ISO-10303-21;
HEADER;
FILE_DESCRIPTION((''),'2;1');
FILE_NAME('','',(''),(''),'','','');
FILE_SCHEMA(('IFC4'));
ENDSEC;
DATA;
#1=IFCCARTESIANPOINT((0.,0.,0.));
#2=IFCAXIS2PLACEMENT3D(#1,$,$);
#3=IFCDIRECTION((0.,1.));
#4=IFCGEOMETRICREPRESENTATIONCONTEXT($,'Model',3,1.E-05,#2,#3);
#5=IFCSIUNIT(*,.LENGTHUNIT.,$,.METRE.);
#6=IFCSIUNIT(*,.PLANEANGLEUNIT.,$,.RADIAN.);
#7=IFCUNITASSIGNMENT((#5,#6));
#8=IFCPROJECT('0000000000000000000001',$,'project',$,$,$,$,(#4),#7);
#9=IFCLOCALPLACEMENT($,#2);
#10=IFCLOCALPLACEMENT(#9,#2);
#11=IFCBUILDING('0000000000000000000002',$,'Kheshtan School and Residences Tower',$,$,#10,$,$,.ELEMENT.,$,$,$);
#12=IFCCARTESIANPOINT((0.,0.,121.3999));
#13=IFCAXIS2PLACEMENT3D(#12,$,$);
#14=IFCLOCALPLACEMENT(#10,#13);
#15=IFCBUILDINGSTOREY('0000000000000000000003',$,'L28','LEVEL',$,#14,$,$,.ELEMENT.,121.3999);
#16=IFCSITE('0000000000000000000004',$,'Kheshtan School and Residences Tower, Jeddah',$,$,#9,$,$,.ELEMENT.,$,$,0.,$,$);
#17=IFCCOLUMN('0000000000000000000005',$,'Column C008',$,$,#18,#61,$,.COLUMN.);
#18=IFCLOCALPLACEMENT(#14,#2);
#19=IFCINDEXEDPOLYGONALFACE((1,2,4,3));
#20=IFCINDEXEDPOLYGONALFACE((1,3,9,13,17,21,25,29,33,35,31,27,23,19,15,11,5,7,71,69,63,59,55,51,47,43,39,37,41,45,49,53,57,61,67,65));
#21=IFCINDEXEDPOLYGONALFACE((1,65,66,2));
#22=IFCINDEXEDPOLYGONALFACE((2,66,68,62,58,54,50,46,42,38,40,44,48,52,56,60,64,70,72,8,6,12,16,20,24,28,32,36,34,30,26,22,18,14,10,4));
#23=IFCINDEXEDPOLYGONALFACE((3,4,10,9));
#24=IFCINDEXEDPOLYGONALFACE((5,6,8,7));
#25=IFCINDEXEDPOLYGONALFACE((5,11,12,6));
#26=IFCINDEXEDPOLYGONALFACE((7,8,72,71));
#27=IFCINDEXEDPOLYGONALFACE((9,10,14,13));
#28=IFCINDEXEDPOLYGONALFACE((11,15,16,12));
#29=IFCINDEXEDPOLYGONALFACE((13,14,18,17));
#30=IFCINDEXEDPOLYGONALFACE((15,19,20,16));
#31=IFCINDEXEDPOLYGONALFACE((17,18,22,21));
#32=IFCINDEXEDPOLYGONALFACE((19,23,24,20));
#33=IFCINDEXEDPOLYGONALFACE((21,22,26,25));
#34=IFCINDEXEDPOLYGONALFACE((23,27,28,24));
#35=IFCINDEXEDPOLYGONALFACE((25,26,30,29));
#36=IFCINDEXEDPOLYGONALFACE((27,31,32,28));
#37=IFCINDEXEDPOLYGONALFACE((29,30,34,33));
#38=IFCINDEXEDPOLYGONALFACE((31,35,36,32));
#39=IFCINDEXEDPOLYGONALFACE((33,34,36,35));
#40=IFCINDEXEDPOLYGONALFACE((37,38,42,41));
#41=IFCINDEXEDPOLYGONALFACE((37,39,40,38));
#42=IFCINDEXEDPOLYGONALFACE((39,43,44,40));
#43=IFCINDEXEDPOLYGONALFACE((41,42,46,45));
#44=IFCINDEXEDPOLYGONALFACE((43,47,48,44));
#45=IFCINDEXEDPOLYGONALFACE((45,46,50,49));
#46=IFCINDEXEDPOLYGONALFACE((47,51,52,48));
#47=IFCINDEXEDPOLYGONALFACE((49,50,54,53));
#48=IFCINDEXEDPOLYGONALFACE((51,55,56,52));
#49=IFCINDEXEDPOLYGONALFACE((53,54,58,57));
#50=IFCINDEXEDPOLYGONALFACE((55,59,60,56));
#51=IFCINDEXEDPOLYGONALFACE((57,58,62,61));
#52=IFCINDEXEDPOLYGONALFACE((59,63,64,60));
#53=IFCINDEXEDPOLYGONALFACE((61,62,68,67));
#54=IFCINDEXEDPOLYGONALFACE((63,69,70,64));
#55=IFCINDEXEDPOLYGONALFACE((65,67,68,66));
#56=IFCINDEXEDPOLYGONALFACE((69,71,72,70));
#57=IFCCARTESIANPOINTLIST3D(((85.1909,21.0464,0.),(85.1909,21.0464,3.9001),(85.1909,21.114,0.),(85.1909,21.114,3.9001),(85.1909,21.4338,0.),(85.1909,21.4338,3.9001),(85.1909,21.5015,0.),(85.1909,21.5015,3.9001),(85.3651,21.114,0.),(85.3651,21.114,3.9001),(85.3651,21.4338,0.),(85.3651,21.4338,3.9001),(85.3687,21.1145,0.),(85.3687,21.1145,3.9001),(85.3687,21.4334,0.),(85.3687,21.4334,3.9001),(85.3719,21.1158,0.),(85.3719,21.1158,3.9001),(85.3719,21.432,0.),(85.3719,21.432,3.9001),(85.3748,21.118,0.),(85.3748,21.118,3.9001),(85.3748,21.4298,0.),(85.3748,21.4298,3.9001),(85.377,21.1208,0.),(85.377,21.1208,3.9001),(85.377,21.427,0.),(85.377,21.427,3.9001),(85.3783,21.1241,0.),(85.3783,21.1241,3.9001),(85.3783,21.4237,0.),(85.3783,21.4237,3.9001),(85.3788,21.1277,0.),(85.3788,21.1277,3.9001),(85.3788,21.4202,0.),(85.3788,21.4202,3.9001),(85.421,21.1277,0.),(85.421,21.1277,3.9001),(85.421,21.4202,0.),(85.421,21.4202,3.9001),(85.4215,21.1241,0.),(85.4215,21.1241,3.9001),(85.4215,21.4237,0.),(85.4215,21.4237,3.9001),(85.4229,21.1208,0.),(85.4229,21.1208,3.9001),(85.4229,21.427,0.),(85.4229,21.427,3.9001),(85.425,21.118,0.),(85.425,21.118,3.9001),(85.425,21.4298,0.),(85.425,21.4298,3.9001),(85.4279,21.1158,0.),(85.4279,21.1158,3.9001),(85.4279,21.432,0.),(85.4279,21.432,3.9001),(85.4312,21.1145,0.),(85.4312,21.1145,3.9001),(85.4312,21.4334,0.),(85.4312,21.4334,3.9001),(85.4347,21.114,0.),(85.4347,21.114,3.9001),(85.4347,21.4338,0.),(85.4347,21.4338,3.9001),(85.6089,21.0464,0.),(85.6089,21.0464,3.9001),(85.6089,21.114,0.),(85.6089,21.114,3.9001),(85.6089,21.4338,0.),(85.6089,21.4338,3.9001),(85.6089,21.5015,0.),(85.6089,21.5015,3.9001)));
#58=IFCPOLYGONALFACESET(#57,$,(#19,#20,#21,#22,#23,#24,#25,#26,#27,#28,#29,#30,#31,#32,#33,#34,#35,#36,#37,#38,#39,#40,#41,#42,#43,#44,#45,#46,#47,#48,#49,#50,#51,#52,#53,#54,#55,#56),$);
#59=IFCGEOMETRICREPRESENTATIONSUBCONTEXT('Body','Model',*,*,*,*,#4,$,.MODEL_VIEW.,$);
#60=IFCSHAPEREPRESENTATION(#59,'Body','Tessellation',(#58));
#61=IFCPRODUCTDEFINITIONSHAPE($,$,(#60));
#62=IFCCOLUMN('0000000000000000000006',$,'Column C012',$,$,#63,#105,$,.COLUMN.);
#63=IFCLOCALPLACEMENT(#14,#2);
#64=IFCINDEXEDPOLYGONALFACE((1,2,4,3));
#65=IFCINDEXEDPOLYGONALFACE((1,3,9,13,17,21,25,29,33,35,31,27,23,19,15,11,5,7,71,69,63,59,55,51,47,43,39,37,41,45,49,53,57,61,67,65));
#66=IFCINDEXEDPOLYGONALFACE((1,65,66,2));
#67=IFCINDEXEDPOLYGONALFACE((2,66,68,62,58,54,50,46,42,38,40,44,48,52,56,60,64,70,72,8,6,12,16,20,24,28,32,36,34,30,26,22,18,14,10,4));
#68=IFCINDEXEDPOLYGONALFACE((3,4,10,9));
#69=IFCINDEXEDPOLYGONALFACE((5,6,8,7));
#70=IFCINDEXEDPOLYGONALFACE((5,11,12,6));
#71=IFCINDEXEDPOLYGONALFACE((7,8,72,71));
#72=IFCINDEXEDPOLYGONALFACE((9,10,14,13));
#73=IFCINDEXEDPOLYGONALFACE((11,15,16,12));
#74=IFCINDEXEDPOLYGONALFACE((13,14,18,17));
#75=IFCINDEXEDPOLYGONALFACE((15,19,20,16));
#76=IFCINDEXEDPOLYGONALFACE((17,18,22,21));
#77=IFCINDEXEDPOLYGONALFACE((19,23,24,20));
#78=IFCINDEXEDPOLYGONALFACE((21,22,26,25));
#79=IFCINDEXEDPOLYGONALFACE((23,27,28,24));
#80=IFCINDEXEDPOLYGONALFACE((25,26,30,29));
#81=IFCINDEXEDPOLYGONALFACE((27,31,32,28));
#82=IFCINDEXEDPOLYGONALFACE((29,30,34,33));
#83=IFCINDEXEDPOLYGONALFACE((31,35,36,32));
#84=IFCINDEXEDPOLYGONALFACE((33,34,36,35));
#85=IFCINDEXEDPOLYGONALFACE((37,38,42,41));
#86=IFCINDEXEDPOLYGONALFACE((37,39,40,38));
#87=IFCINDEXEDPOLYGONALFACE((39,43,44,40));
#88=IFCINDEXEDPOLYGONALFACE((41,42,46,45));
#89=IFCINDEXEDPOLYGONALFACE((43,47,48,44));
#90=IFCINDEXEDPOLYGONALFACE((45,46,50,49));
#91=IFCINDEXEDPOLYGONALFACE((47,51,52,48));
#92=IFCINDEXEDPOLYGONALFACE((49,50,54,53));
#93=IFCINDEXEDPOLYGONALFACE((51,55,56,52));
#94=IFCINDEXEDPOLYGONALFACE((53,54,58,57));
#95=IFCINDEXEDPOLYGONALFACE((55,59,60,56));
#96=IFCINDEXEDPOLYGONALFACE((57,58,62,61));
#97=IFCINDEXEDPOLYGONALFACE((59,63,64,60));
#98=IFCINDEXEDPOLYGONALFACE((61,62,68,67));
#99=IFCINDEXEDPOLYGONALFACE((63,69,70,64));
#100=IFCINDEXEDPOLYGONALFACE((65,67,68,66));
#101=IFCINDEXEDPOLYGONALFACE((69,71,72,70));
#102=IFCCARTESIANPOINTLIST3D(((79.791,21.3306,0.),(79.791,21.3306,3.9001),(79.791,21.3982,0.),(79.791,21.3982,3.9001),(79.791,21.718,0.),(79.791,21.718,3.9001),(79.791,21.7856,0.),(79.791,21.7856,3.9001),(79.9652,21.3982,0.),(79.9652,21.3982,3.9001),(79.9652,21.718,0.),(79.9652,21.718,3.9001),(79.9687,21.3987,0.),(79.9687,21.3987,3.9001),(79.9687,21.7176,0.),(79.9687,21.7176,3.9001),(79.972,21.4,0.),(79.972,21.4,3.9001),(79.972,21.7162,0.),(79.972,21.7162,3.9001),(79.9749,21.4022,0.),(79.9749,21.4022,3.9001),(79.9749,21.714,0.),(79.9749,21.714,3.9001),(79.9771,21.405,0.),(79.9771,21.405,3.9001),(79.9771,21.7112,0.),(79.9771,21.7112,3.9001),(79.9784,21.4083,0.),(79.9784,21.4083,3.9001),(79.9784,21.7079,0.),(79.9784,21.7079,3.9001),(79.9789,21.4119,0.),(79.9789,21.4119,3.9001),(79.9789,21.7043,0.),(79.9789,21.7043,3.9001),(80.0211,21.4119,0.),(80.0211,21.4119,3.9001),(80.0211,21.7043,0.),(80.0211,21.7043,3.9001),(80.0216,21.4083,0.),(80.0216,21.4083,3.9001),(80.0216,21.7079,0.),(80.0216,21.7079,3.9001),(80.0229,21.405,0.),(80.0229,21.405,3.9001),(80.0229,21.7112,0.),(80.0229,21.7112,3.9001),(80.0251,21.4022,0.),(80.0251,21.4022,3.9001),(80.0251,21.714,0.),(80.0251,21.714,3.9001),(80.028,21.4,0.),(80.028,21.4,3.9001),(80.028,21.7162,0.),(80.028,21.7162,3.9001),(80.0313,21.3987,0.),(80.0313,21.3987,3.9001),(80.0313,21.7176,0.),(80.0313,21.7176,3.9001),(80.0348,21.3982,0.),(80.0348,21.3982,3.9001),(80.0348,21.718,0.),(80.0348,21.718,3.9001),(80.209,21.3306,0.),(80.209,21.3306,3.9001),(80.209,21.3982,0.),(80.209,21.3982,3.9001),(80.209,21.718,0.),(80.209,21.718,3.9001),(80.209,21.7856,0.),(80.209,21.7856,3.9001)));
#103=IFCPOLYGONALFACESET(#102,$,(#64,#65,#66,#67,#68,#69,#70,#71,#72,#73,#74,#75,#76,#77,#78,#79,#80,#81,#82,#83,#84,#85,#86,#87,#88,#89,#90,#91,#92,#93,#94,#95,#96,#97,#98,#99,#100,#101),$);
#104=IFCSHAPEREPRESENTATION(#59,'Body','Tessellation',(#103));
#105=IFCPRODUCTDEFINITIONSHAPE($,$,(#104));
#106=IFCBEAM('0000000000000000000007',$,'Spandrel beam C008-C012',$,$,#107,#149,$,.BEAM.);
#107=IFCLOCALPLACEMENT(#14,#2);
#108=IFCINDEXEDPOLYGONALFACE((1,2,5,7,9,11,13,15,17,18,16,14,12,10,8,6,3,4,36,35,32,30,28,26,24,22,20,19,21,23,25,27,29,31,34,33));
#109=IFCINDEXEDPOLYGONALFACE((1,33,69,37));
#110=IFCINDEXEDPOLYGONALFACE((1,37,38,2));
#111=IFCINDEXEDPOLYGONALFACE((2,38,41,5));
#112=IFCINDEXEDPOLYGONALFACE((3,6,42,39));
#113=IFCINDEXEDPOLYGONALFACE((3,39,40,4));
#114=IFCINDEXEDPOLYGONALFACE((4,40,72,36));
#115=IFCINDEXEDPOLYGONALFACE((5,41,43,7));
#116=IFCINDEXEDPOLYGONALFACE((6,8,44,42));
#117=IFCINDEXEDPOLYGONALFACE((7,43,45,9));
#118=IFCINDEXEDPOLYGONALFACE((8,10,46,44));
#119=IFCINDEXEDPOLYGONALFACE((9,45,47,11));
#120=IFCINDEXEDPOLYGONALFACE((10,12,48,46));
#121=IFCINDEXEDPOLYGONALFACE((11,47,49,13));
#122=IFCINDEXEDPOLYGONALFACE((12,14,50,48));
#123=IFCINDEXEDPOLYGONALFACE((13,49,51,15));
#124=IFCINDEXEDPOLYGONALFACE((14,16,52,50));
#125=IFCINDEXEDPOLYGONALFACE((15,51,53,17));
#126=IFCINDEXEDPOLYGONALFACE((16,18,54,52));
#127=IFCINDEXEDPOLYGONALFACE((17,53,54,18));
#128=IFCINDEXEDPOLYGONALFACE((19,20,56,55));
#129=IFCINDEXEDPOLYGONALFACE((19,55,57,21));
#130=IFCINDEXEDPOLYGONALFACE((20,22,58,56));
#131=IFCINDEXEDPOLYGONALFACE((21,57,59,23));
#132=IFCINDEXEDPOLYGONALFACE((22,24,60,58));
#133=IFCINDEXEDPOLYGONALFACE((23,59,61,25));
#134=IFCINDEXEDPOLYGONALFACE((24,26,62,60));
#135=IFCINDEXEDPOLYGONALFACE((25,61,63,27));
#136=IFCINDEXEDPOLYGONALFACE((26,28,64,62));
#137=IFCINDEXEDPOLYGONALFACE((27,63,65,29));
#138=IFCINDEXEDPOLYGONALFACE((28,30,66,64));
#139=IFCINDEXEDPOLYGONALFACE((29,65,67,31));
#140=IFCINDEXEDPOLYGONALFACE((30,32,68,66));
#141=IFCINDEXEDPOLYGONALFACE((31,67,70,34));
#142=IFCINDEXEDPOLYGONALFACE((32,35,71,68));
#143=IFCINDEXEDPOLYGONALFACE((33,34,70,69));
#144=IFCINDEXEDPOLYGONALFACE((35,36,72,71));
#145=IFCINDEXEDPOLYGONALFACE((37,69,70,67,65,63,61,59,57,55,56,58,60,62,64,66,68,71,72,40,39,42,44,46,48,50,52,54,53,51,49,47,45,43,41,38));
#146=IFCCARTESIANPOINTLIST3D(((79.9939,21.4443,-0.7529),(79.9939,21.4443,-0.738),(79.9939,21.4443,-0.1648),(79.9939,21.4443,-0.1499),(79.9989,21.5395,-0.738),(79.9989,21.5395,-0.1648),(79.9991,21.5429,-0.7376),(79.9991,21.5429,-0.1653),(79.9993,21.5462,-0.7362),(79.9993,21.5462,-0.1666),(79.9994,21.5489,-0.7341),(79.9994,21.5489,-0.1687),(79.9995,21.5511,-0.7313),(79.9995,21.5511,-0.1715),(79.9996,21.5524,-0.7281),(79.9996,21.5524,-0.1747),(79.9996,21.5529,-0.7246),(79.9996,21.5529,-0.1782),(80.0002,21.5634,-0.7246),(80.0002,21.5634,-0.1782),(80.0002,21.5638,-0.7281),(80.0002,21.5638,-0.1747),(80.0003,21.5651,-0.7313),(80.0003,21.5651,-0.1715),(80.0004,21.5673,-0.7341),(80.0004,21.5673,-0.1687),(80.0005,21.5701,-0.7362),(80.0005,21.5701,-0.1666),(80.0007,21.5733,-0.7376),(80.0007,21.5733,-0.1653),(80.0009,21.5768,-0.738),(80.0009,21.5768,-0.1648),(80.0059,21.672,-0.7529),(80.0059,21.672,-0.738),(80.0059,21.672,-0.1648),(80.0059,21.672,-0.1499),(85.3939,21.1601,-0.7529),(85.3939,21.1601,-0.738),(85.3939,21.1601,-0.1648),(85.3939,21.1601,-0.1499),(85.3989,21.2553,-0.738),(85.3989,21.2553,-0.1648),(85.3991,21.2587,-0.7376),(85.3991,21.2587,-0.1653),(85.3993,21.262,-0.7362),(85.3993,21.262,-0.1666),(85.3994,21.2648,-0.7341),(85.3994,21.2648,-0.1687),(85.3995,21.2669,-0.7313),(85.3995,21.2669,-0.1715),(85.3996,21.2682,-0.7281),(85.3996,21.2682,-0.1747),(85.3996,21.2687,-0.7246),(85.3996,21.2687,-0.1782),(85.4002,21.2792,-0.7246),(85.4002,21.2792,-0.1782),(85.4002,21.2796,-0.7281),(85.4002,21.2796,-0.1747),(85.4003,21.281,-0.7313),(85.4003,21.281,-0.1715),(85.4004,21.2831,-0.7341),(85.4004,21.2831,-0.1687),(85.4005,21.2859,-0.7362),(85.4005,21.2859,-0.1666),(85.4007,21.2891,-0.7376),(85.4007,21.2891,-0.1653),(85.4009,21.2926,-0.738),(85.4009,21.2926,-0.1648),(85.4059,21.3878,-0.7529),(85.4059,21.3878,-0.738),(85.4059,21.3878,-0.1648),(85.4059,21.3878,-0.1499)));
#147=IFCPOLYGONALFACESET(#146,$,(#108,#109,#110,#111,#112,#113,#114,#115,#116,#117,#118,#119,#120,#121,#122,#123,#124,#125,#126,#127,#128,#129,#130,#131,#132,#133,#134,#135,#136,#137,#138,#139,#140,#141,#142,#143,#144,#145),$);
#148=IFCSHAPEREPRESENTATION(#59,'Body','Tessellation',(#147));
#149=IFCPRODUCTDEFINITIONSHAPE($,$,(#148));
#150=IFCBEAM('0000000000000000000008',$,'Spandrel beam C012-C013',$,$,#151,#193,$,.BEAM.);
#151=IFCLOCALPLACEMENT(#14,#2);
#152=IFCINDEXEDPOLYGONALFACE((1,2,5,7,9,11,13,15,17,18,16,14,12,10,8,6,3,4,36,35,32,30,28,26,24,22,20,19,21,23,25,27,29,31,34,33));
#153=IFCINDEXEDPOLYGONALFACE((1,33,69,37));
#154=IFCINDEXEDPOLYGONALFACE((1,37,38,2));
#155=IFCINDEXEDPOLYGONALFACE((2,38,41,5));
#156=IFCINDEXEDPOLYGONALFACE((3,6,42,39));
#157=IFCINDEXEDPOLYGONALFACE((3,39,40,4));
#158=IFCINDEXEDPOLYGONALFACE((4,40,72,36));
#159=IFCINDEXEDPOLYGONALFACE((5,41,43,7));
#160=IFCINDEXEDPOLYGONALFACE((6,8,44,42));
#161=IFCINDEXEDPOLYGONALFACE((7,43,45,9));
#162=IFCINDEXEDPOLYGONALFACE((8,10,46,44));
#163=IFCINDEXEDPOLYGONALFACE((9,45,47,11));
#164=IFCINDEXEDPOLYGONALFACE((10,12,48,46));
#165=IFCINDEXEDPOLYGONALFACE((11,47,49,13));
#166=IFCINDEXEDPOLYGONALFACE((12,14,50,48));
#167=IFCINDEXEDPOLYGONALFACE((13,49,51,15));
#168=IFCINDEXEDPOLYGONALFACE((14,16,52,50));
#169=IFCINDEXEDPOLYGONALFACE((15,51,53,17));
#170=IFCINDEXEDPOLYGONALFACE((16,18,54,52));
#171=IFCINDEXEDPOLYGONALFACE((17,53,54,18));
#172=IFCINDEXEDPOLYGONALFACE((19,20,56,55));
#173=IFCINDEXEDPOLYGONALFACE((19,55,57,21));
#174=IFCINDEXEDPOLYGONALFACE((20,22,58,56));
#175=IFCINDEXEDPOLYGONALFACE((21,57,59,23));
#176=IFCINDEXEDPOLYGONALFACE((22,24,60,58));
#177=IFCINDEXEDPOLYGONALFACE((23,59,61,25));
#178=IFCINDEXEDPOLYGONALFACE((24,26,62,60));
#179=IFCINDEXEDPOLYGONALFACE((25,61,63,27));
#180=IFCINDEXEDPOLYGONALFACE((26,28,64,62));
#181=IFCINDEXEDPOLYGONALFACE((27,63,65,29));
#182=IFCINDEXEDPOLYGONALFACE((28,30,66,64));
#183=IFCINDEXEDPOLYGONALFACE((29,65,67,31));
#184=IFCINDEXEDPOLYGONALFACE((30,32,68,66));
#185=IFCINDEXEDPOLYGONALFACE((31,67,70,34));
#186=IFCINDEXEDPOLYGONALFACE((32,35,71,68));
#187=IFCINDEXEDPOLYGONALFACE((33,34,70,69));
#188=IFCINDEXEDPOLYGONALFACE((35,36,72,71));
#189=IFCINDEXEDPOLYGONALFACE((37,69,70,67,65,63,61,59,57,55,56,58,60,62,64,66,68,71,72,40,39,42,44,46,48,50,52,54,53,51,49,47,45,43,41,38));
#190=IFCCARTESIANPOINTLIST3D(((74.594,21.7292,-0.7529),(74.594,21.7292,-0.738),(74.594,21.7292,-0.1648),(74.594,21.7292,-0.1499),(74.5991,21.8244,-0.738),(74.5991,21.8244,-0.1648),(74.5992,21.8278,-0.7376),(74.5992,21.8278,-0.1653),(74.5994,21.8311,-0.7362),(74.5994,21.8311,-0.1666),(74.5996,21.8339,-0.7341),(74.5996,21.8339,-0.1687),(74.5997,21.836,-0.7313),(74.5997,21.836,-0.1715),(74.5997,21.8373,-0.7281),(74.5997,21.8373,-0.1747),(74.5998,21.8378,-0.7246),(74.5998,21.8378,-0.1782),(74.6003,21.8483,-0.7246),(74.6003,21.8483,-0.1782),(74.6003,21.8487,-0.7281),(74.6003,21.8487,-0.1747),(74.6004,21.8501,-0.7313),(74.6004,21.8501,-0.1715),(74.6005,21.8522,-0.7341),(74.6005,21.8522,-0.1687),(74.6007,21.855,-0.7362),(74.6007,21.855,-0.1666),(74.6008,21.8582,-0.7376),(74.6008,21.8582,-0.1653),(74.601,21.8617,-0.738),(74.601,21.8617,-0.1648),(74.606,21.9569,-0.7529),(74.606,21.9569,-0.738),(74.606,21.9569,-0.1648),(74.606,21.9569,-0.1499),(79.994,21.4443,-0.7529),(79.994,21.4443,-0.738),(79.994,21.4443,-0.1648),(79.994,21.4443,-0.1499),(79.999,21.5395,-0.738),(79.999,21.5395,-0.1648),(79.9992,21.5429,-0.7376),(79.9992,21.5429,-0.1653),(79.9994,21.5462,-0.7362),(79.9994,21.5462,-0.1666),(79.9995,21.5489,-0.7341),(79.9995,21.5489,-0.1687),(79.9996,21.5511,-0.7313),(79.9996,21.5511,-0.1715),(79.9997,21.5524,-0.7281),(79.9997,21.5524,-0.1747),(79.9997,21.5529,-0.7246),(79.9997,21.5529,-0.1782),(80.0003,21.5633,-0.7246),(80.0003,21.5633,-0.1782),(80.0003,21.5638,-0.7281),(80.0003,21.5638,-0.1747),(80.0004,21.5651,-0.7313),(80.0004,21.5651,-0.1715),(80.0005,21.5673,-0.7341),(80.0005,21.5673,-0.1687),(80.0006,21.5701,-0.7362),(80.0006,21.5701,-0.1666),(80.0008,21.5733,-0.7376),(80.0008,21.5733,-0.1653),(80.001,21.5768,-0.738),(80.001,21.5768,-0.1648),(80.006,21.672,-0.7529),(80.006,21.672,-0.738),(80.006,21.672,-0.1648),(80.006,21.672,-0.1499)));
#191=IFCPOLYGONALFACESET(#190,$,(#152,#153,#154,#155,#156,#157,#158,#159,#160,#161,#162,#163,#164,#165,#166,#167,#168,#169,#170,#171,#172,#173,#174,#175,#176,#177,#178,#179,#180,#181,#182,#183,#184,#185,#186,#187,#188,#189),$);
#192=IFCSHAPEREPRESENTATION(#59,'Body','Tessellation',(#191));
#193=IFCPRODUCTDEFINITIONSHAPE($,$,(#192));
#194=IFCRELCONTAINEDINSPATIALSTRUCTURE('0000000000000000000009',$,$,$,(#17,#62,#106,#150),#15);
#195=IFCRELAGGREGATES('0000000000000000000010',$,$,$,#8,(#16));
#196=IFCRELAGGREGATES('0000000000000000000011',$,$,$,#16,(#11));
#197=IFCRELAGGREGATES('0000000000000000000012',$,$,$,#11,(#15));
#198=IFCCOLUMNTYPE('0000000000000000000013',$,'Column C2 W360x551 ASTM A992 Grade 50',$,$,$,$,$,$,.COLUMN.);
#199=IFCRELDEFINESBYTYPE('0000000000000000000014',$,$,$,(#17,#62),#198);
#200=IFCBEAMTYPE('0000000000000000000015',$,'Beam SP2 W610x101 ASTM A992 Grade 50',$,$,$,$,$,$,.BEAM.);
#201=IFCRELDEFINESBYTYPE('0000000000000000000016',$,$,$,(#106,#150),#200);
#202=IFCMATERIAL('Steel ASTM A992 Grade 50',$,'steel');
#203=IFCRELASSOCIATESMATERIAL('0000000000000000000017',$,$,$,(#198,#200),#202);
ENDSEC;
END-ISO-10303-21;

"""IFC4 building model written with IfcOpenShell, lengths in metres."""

from ifc_helpers import new_model, si_unit, direction, frame, origin, origin_2d, place, context, subcontext, project, spatial, i_section, extrude, material, material_profile, profile_set, type_object, element, save


model = new_model("IFC4")

# Units and contexts
model_context = context("Model", 3, precision=1e-05, world=origin(), true_north=direction((0.0, 1.0)))
body_context = subcontext(model_context, "Body", "Model", "MODEL_VIEW")
ifc_project = project(units=[si_unit("LENGTHUNIT", "METRE"), si_unit("PLANEANGLEUNIT", "RADIAN")], contexts=[model_context])

# Site, building, storey
site_placement = place(None, origin())
site = spatial("IfcSite", under=ifc_project, at=site_placement, Name="Kheshtan School and Residences Tower, Jeddah", CompositionType="ELEMENT", RefElevation=0.0)
building_placement = place(site_placement, origin())
building = spatial("IfcBuilding", under=site, at=building_placement, Name="Kheshtan School and Residences Tower", CompositionType="ELEMENT")
storey_placement = place(building_placement, frame((0.0, 0.0, 121.3999)))
storey = spatial("IfcBuildingStorey", under=building, at=storey_placement, Name="L28", Description="LEVEL", CompositionType="ELEMENT", Elevation=121.3999)

# Columns
ifc_material_1 = material(Name="Steel ASTM A992 Grade 50", Category="steel")
ifc_material_profile_1 = material_profile(ifc_material_1, i_section(OverallWidth=0.418, OverallDepth=0.4551, WebThickness=0.0422, FlangeThickness=0.0676, FilletRadius=0.0137, at=origin_2d()), Name="W360x551")
ifc_profile_set_1 = profile_set([ifc_material_profile_1], Name="Steel ASTM A992 Grade 50")
column_type = type_object("IfcColumnType", Name="Column C2 W360x551 ASTM A992 Grade 50", PredefinedType="COLUMN", material=ifc_profile_set_1)
for number, where, z_axis, x_axis, name in (
    (1, (85.3999, 21.2739, 0.0), (0.0, 0.0, 1.0), (1.0, 0.0, 0.0), "Column C008"),
    (2, (80.0, 21.5581, 0.0), (0.0, 0.0, 1.0), (1.0, 0.0, 0.0), "Column C012"),
):
    element("IfcColumn", number, at=place(storey_placement, frame(where, z_axis=z_axis, x_axis=x_axis)), inside=storey, type_object=column_type, Name=name, PredefinedType="COLUMN", context=body_context, shape_type="SweptSolid", body=[
        extrude(i_section(OverallWidth=0.418, OverallDepth=0.4551, WebThickness=0.0422, FlangeThickness=0.0676, FilletRadius=0.0137, at=origin_2d()), origin(), (0.0, 0.0, 1.0), 3.9001),
    ])

# Beams
ifc_material_profile_2 = material_profile(ifc_material_1, i_section(OverallWidth=0.228, OverallDepth=0.603, WebThickness=0.0105, FlangeThickness=0.0149, FilletRadius=0.0134, at=origin_2d()), Name="W610x101")
ifc_profile_set_2 = profile_set([ifc_material_profile_2], Name="Steel ASTM A992 Grade 50")
beam_type = type_object("IfcBeamType", Name="Beam SP2 W610x101 ASTM A992 Grade 50", PredefinedType="BEAM", material=ifc_profile_set_2)
for number, where, z_axis, x_axis, name in (
    (3, (85.3999, 21.2739, -0.4514), (-0.998618, 0.052554, 0.0), (-0.052554, -0.998618, 0.0), "Spandrel beam C008-C012"),
    (4, (80.0, 21.5581, -0.4514), (-0.998611, 0.052689, 0.0), (-0.052689, -0.998611, 0.0), "Spandrel beam C012-C013"),
):
    element("IfcBeam", number, at=place(storey_placement, frame(where, z_axis=z_axis, x_axis=x_axis)), inside=storey, type_object=beam_type, Name=name, PredefinedType="BEAM", context=body_context, shape_type="SweptSolid", body=[
        extrude(i_section(OverallWidth=0.228, OverallDepth=0.603, WebThickness=0.0105, FlangeThickness=0.0149, FilletRadius=0.0134, at=origin_2d()), origin(), (0.0, 0.0, 1.0), 5.4075),
    ])

save(model, "model.ifc")
